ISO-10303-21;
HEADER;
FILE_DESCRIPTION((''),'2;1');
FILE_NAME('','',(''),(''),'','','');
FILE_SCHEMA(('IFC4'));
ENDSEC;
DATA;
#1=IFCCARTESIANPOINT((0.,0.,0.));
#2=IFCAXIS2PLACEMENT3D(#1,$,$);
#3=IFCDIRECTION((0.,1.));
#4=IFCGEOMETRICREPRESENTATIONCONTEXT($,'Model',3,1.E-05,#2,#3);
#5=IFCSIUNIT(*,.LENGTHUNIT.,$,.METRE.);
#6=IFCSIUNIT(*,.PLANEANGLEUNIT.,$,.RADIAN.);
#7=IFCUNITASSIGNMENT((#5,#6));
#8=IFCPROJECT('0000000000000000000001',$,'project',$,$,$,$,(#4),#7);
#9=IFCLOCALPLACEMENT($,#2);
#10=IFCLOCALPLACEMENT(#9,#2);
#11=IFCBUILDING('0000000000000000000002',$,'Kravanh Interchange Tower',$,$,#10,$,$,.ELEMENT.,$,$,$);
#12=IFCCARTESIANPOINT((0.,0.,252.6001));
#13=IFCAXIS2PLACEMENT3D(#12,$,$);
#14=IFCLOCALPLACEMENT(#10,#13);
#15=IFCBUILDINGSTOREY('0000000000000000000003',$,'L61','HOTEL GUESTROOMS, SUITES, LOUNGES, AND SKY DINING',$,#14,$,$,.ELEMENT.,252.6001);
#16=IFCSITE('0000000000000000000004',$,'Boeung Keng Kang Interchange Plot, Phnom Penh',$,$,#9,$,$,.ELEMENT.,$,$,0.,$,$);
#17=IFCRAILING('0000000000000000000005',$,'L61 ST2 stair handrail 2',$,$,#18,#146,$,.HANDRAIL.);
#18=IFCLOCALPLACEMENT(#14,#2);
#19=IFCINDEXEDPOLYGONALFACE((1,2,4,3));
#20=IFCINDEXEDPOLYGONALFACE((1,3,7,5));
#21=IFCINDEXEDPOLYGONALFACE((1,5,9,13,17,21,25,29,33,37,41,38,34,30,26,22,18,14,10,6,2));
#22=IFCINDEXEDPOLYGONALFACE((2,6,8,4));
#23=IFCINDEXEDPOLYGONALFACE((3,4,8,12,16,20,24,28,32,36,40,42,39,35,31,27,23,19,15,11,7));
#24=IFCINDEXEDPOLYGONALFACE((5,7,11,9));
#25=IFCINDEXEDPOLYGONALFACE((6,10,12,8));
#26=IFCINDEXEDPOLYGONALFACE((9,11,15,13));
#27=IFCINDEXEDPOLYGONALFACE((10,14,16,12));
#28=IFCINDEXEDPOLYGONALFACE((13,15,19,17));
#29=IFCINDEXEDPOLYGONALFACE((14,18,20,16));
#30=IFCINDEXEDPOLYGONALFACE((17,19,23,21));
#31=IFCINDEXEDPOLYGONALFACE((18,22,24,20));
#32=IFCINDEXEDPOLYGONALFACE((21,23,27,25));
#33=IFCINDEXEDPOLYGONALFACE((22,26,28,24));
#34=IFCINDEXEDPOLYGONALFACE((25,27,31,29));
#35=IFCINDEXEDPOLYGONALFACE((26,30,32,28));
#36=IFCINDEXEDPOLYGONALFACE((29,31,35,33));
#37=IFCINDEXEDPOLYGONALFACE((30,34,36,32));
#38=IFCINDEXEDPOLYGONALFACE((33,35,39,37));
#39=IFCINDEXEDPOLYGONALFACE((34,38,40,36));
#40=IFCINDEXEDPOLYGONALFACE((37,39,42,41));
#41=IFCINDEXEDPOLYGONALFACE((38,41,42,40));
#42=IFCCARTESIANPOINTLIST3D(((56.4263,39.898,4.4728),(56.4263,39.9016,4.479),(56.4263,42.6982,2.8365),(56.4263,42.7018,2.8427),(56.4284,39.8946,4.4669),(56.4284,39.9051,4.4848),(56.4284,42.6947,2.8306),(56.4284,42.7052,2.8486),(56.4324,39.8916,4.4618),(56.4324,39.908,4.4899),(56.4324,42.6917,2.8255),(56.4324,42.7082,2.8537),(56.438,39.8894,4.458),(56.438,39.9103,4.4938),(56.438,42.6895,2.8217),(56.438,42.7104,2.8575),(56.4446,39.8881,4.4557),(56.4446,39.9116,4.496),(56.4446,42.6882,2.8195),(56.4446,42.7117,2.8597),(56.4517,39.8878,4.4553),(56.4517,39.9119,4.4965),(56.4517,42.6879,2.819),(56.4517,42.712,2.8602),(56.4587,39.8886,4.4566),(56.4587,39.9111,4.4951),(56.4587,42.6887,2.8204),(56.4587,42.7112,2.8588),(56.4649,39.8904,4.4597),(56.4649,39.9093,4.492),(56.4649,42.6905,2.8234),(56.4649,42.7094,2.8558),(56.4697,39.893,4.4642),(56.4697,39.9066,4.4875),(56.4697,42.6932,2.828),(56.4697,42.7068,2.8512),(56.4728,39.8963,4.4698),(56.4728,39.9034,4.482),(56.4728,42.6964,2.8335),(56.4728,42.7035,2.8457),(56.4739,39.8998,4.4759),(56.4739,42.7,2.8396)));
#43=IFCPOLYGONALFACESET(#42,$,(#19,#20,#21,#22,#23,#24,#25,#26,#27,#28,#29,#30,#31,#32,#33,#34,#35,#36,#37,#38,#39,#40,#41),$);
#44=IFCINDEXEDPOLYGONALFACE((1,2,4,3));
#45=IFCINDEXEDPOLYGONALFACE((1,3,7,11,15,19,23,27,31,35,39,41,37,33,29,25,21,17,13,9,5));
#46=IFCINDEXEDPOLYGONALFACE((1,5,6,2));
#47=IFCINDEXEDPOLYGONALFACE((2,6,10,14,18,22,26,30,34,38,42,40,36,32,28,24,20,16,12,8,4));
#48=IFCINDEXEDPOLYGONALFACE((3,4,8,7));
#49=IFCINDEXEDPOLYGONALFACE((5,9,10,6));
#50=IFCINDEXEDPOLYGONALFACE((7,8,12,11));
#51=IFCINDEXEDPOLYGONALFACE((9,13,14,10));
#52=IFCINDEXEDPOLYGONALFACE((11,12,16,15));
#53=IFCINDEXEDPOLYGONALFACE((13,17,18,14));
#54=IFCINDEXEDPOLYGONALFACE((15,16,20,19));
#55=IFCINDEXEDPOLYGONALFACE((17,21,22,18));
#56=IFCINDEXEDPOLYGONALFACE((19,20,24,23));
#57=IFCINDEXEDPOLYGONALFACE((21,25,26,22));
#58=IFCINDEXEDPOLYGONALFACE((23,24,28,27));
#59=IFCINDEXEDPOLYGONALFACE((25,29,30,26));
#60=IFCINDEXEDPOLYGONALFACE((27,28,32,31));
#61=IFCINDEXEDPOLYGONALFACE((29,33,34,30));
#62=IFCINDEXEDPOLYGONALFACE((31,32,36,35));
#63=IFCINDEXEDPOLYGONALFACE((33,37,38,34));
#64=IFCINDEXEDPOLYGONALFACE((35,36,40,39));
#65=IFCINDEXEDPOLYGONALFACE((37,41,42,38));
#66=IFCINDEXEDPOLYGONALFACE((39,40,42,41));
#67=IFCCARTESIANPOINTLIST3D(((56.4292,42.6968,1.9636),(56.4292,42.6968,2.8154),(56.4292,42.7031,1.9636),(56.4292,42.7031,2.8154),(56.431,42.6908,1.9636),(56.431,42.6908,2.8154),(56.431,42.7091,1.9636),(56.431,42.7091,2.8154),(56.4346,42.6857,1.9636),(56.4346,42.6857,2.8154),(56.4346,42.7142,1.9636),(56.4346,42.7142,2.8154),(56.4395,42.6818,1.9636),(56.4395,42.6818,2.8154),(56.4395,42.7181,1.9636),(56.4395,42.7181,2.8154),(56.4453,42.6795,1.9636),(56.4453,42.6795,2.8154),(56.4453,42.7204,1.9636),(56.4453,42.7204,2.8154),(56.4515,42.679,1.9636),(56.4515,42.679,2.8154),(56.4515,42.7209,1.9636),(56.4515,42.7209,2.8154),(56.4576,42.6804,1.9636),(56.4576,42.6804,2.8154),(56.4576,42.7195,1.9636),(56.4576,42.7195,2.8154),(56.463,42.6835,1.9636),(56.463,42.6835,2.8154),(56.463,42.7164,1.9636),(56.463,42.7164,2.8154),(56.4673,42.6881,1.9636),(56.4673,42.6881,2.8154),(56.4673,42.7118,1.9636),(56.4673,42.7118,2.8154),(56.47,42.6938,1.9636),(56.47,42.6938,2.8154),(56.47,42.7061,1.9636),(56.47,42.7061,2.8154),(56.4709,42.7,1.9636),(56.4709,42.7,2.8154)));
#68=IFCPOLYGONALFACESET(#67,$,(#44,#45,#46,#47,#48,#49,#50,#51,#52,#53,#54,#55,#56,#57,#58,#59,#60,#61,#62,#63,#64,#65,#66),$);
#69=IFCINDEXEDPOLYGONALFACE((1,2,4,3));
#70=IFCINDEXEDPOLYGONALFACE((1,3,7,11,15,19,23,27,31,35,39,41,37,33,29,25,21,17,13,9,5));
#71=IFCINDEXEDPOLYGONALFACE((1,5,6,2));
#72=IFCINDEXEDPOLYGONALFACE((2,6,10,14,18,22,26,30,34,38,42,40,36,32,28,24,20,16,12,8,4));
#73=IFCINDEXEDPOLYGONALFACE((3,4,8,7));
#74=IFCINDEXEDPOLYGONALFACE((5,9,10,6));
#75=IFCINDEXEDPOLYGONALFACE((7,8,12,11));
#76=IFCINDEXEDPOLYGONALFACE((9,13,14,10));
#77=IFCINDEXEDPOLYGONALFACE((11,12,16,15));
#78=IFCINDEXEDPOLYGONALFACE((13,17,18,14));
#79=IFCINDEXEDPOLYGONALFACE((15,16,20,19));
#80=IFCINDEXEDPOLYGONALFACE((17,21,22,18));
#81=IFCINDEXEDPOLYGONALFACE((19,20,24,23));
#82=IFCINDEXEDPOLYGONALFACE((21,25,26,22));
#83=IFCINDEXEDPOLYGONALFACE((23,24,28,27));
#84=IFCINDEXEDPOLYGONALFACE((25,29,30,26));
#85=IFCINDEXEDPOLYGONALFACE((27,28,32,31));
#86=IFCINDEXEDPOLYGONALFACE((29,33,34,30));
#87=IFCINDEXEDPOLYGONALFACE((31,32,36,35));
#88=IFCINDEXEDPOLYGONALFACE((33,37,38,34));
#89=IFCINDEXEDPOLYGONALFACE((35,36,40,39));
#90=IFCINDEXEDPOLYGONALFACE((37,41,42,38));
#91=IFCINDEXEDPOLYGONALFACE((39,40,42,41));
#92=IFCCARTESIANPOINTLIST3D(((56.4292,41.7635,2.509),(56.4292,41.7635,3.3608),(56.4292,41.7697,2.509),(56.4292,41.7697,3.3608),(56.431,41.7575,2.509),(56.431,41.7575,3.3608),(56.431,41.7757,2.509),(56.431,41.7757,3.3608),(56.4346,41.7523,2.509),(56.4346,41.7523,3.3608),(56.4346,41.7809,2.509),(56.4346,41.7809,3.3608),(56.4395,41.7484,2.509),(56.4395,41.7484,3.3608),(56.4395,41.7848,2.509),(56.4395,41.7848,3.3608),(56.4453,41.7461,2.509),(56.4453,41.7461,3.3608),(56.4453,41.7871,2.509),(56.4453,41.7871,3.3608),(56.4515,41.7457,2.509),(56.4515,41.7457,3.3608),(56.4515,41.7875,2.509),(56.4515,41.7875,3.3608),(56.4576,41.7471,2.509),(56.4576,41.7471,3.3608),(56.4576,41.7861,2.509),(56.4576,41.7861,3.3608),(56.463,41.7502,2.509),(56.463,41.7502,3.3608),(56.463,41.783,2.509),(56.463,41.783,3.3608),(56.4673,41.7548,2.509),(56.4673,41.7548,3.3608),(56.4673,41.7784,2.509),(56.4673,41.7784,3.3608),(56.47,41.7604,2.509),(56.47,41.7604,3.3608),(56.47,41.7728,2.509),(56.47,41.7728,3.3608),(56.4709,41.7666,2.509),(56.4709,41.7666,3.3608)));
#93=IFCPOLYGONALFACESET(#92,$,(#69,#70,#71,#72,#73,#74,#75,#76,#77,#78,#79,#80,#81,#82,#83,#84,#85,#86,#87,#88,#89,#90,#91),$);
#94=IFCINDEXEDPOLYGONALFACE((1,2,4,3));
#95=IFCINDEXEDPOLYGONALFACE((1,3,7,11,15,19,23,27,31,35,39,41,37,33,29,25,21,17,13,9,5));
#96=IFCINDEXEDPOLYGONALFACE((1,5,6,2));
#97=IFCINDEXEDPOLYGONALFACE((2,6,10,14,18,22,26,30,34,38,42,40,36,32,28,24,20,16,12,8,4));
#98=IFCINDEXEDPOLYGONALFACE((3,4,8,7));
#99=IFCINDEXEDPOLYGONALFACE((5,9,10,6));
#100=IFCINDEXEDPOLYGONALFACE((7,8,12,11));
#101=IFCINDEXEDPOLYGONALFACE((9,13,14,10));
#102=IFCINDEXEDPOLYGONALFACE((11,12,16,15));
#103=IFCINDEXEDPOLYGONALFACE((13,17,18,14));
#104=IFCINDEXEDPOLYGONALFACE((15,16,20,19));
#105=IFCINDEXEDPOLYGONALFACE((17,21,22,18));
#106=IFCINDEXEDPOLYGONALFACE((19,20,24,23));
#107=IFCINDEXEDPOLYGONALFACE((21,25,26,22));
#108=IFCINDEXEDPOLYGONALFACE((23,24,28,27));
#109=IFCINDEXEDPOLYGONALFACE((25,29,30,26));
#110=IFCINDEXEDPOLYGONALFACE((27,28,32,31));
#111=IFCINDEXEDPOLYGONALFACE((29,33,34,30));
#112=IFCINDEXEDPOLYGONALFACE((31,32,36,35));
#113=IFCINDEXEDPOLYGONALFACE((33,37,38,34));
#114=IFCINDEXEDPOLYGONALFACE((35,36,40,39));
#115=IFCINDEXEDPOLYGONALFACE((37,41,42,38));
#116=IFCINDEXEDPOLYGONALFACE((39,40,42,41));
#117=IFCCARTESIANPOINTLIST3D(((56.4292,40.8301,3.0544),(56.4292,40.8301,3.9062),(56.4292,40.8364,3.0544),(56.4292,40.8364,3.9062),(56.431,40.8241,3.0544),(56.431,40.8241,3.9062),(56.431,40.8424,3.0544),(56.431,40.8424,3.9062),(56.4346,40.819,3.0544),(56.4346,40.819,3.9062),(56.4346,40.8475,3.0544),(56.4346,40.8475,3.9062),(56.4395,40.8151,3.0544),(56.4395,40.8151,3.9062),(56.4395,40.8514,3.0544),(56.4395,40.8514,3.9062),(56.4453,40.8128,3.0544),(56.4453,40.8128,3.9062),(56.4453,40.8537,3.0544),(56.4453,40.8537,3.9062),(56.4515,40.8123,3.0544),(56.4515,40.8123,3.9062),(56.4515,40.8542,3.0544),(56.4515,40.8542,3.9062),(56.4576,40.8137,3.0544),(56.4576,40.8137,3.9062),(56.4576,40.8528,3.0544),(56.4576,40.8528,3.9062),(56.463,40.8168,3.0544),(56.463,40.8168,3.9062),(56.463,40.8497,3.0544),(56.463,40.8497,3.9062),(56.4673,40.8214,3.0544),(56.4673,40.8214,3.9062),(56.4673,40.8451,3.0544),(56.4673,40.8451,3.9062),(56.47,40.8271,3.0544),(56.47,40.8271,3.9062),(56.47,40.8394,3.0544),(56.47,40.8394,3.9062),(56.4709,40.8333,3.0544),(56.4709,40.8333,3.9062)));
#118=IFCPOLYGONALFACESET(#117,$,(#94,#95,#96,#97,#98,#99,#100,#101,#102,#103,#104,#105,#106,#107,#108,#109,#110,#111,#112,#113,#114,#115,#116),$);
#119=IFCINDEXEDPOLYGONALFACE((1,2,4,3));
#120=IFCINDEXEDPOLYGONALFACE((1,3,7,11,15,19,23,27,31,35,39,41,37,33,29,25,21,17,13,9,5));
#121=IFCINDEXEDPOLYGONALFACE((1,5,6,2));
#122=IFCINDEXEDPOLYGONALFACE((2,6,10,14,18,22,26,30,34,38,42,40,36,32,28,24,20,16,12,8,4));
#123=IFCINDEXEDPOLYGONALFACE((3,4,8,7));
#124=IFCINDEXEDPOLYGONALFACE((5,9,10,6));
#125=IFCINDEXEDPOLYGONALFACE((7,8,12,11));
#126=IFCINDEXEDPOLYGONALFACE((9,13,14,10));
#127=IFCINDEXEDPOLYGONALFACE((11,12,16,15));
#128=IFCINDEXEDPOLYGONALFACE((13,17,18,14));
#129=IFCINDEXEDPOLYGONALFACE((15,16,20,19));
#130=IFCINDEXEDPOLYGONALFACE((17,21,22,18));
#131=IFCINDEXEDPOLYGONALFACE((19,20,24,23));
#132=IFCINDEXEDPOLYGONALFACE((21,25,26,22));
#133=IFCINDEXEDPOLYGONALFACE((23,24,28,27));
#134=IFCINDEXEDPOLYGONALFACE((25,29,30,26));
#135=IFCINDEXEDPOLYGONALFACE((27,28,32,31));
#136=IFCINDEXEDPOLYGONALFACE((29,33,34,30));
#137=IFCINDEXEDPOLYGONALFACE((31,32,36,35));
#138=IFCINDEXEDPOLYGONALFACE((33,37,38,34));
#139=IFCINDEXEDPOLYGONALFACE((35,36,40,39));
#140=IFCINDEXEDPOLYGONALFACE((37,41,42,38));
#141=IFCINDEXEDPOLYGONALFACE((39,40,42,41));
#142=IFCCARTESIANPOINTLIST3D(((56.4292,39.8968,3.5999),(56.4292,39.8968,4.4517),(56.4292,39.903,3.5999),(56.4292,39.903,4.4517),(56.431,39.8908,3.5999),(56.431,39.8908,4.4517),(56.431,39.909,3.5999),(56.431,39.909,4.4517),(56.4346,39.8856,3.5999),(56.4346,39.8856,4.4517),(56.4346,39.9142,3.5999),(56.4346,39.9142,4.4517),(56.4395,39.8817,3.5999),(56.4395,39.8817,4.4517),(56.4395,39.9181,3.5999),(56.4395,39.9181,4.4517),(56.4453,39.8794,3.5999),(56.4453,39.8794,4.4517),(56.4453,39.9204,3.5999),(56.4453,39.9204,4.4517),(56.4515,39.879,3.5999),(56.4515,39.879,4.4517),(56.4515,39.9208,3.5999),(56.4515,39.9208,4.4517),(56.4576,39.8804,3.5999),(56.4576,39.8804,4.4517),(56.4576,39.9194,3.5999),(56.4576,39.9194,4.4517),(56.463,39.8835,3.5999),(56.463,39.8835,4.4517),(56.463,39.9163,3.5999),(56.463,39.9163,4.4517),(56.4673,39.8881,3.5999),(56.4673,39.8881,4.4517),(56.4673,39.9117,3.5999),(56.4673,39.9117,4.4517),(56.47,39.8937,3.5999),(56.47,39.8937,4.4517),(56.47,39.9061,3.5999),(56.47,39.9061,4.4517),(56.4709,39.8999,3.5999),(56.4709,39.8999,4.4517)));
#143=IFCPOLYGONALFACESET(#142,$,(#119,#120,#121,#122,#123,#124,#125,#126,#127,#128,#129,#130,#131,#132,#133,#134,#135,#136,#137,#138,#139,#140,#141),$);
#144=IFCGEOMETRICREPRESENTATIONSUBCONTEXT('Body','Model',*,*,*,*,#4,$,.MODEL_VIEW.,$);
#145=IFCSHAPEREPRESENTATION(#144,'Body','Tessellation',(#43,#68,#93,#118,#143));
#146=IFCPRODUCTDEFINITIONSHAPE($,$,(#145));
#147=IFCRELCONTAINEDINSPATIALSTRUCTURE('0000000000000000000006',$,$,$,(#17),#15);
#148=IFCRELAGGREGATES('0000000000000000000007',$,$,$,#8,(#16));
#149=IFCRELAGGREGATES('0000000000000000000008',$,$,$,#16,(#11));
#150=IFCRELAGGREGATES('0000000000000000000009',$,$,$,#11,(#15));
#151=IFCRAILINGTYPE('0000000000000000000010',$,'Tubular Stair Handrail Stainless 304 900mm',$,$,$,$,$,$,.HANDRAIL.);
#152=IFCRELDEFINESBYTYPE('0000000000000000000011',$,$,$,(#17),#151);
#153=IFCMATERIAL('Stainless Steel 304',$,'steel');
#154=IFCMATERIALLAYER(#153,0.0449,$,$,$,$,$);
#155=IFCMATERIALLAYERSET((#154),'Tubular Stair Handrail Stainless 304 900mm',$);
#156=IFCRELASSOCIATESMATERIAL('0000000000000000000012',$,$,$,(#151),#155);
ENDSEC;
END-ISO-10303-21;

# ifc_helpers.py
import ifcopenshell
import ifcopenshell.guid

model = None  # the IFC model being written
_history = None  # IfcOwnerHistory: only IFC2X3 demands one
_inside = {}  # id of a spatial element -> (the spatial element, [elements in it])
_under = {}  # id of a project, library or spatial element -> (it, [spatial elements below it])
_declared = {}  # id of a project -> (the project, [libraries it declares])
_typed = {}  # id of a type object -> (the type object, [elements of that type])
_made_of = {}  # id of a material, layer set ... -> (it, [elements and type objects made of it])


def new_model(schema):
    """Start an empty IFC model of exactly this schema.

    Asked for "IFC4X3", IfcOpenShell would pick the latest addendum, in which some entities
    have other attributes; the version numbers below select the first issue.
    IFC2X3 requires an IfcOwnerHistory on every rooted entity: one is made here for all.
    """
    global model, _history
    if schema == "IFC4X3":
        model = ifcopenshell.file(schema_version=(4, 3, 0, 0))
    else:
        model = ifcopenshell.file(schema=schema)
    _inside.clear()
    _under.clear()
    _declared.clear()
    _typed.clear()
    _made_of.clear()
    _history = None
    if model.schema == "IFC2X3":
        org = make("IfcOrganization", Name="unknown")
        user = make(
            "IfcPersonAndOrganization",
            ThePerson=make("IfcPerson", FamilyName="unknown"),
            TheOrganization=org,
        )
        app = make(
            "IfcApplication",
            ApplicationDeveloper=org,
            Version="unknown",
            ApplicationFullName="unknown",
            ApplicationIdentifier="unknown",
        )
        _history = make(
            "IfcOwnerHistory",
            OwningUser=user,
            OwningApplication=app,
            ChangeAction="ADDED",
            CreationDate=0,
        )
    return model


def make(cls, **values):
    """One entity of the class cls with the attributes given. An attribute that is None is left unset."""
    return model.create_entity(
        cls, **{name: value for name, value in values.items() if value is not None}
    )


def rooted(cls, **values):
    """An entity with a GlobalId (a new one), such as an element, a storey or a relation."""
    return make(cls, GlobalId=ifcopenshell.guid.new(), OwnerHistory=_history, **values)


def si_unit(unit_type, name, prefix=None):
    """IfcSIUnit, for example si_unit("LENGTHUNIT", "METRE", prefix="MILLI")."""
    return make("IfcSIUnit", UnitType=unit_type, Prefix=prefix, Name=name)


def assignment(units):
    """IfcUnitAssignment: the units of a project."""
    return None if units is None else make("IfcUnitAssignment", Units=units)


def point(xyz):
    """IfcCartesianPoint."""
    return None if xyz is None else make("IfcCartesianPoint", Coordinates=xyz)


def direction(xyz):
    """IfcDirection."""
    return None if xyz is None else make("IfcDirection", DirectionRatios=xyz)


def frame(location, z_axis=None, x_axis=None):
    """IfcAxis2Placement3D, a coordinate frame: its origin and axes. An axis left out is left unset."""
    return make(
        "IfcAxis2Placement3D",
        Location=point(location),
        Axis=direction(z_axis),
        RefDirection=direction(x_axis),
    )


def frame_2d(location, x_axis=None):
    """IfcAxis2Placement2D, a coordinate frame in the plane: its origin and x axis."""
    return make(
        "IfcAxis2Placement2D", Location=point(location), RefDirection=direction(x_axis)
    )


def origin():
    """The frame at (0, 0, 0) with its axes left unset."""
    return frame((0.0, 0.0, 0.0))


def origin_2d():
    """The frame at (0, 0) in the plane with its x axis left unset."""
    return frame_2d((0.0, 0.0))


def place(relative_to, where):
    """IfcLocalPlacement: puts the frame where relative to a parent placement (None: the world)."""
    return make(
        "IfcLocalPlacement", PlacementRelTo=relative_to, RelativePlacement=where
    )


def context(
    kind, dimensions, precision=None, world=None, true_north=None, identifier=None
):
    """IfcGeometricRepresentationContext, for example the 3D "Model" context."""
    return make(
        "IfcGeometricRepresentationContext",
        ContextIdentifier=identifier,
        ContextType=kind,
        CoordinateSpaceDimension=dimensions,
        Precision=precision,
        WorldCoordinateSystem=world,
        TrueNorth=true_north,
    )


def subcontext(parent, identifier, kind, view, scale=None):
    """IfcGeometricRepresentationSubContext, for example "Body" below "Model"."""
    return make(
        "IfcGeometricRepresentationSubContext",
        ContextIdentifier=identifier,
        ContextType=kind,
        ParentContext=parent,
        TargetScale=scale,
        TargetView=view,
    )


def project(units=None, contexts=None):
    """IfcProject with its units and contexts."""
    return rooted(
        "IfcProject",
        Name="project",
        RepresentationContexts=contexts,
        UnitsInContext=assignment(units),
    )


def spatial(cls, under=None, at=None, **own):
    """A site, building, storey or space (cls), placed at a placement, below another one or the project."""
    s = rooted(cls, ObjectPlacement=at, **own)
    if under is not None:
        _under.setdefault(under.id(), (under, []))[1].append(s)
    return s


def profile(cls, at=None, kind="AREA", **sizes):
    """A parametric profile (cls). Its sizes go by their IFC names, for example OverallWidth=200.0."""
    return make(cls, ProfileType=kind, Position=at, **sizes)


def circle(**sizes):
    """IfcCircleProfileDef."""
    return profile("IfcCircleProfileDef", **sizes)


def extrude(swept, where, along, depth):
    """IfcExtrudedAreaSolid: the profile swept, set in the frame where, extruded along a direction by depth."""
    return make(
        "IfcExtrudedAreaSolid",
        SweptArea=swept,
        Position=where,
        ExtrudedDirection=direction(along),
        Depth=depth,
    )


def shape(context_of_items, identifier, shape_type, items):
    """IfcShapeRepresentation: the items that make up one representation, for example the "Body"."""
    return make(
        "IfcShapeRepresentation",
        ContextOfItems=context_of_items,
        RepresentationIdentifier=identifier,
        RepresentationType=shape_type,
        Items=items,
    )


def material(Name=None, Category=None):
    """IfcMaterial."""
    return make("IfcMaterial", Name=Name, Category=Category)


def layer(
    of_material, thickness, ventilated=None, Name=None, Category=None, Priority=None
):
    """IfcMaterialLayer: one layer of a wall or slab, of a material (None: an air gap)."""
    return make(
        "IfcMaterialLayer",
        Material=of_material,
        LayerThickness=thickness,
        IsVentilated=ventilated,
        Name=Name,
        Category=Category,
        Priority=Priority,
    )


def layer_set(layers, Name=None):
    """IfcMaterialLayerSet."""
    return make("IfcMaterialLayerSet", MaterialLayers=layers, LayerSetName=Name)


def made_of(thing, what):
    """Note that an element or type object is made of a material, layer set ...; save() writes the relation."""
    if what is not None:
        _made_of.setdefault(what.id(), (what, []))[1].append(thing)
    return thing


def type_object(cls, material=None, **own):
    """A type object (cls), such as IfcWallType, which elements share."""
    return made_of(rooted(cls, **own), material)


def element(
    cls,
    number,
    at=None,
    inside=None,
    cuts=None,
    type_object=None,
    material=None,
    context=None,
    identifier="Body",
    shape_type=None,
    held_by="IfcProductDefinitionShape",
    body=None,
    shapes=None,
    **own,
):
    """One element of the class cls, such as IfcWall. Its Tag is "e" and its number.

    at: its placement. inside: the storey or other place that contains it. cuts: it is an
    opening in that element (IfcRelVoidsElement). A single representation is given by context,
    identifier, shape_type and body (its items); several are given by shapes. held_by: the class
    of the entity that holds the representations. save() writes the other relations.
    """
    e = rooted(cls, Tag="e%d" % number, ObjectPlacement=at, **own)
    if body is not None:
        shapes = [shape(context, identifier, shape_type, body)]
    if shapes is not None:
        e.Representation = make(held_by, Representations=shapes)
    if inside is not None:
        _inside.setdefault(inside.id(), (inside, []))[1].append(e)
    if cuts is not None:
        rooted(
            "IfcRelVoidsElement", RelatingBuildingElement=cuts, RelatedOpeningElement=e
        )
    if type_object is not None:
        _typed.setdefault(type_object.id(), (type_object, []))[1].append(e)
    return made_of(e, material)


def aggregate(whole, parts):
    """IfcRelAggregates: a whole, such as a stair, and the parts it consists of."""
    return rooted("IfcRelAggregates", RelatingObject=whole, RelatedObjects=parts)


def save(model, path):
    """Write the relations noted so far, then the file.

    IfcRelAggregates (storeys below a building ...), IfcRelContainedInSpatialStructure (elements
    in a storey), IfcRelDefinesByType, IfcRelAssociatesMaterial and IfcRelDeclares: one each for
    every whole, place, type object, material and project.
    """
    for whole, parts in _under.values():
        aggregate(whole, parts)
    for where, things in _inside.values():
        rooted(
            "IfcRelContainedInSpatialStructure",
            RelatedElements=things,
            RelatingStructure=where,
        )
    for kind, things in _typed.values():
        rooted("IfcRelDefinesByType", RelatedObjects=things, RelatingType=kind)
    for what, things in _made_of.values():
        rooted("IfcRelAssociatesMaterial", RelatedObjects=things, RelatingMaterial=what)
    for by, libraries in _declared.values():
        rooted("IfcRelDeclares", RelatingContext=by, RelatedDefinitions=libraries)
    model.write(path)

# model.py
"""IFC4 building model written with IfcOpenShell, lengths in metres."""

from ifc_helpers import new_model, si_unit, direction, frame, origin, origin_2d, place, context, subcontext, project, spatial, circle, extrude, material, layer, layer_set, type_object, element, save


model = new_model("IFC4")

# Units and contexts
model_context = context("Model", 3, precision=1e-05, world=origin(), true_north=direction((0.0, 1.0)))
body_context = subcontext(model_context, "Body", "Model", "MODEL_VIEW")
ifc_project = project(units=[si_unit("LENGTHUNIT", "METRE"), si_unit("PLANEANGLEUNIT", "RADIAN")], contexts=[model_context])

# Site, building, storey
site_placement = place(None, origin())
site = spatial("IfcSite", under=ifc_project, at=site_placement, Name="Boeung Keng Kang Interchange Plot, Phnom Penh", CompositionType="ELEMENT", RefElevation=0.0)
building_placement = place(site_placement, origin())
building = spatial("IfcBuilding", under=site, at=building_placement, Name="Kravanh Interchange Tower", CompositionType="ELEMENT")
storey_placement = place(building_placement, frame((0.0, 0.0, 252.6001)))
storey = spatial("IfcBuildingStorey", under=building, at=storey_placement, Name="L61", Description="HOTEL GUESTROOMS, SUITES, LOUNGES, AND SKY DINING", CompositionType="ELEMENT", Elevation=252.6001)

# Railing
ifc_material_1 = material(Name="Stainless Steel 304", Category="steel")
ifc_layer_1 = layer(ifc_material_1, 0.0449)
ifc_layer_set_1 = layer_set([ifc_layer_1], Name="Tubular Stair Handrail Stainless 304 900mm")
railing_type_1 = type_object("IfcRailingType", Name="Tubular Stair Handrail Stainless 304 900mm", PredefinedType="HANDRAIL", material=ifc_layer_set_1)
railing_1_placement = place(storey_placement, frame((56.45, 42.7, 1.9636)))
element("IfcRailing", 1, at=railing_1_placement, inside=storey, type_object=railing_type_1, Name="L61 ST2 stair handrail 2", PredefinedType="HANDRAIL", context=body_context, shape_type="SweptSolid", body=[
    extrude(circle(Radius=0.0239, at=origin_2d()), frame((0.0, 0.0, 0.876), z_axis=(0.0, -0.863394, 0.504531), x_axis=(1.0, 0.0, 0.0)), (0.0, 0.0, 1.0), 3.2432),
    extrude(circle(Radius=0.021, at=origin_2d()), origin(), (0.0, 0.0, 1.0), 0.8518),
    extrude(circle(Radius=0.021, at=origin_2d()), frame((0.0, -0.9333, 0.5454)), (0.0, 0.0, 1.0), 0.8518),
    extrude(circle(Radius=0.021, at=origin_2d()), frame((0.0, -1.8667, 1.0908)), (0.0, 0.0, 1.0), 0.8518),
    extrude(circle(Radius=0.021, at=origin_2d()), frame((0.0, -2.8, 1.6362)), (0.0, 0.0, 1.0), 0.8518),
])

save(model, "model.ifc")
